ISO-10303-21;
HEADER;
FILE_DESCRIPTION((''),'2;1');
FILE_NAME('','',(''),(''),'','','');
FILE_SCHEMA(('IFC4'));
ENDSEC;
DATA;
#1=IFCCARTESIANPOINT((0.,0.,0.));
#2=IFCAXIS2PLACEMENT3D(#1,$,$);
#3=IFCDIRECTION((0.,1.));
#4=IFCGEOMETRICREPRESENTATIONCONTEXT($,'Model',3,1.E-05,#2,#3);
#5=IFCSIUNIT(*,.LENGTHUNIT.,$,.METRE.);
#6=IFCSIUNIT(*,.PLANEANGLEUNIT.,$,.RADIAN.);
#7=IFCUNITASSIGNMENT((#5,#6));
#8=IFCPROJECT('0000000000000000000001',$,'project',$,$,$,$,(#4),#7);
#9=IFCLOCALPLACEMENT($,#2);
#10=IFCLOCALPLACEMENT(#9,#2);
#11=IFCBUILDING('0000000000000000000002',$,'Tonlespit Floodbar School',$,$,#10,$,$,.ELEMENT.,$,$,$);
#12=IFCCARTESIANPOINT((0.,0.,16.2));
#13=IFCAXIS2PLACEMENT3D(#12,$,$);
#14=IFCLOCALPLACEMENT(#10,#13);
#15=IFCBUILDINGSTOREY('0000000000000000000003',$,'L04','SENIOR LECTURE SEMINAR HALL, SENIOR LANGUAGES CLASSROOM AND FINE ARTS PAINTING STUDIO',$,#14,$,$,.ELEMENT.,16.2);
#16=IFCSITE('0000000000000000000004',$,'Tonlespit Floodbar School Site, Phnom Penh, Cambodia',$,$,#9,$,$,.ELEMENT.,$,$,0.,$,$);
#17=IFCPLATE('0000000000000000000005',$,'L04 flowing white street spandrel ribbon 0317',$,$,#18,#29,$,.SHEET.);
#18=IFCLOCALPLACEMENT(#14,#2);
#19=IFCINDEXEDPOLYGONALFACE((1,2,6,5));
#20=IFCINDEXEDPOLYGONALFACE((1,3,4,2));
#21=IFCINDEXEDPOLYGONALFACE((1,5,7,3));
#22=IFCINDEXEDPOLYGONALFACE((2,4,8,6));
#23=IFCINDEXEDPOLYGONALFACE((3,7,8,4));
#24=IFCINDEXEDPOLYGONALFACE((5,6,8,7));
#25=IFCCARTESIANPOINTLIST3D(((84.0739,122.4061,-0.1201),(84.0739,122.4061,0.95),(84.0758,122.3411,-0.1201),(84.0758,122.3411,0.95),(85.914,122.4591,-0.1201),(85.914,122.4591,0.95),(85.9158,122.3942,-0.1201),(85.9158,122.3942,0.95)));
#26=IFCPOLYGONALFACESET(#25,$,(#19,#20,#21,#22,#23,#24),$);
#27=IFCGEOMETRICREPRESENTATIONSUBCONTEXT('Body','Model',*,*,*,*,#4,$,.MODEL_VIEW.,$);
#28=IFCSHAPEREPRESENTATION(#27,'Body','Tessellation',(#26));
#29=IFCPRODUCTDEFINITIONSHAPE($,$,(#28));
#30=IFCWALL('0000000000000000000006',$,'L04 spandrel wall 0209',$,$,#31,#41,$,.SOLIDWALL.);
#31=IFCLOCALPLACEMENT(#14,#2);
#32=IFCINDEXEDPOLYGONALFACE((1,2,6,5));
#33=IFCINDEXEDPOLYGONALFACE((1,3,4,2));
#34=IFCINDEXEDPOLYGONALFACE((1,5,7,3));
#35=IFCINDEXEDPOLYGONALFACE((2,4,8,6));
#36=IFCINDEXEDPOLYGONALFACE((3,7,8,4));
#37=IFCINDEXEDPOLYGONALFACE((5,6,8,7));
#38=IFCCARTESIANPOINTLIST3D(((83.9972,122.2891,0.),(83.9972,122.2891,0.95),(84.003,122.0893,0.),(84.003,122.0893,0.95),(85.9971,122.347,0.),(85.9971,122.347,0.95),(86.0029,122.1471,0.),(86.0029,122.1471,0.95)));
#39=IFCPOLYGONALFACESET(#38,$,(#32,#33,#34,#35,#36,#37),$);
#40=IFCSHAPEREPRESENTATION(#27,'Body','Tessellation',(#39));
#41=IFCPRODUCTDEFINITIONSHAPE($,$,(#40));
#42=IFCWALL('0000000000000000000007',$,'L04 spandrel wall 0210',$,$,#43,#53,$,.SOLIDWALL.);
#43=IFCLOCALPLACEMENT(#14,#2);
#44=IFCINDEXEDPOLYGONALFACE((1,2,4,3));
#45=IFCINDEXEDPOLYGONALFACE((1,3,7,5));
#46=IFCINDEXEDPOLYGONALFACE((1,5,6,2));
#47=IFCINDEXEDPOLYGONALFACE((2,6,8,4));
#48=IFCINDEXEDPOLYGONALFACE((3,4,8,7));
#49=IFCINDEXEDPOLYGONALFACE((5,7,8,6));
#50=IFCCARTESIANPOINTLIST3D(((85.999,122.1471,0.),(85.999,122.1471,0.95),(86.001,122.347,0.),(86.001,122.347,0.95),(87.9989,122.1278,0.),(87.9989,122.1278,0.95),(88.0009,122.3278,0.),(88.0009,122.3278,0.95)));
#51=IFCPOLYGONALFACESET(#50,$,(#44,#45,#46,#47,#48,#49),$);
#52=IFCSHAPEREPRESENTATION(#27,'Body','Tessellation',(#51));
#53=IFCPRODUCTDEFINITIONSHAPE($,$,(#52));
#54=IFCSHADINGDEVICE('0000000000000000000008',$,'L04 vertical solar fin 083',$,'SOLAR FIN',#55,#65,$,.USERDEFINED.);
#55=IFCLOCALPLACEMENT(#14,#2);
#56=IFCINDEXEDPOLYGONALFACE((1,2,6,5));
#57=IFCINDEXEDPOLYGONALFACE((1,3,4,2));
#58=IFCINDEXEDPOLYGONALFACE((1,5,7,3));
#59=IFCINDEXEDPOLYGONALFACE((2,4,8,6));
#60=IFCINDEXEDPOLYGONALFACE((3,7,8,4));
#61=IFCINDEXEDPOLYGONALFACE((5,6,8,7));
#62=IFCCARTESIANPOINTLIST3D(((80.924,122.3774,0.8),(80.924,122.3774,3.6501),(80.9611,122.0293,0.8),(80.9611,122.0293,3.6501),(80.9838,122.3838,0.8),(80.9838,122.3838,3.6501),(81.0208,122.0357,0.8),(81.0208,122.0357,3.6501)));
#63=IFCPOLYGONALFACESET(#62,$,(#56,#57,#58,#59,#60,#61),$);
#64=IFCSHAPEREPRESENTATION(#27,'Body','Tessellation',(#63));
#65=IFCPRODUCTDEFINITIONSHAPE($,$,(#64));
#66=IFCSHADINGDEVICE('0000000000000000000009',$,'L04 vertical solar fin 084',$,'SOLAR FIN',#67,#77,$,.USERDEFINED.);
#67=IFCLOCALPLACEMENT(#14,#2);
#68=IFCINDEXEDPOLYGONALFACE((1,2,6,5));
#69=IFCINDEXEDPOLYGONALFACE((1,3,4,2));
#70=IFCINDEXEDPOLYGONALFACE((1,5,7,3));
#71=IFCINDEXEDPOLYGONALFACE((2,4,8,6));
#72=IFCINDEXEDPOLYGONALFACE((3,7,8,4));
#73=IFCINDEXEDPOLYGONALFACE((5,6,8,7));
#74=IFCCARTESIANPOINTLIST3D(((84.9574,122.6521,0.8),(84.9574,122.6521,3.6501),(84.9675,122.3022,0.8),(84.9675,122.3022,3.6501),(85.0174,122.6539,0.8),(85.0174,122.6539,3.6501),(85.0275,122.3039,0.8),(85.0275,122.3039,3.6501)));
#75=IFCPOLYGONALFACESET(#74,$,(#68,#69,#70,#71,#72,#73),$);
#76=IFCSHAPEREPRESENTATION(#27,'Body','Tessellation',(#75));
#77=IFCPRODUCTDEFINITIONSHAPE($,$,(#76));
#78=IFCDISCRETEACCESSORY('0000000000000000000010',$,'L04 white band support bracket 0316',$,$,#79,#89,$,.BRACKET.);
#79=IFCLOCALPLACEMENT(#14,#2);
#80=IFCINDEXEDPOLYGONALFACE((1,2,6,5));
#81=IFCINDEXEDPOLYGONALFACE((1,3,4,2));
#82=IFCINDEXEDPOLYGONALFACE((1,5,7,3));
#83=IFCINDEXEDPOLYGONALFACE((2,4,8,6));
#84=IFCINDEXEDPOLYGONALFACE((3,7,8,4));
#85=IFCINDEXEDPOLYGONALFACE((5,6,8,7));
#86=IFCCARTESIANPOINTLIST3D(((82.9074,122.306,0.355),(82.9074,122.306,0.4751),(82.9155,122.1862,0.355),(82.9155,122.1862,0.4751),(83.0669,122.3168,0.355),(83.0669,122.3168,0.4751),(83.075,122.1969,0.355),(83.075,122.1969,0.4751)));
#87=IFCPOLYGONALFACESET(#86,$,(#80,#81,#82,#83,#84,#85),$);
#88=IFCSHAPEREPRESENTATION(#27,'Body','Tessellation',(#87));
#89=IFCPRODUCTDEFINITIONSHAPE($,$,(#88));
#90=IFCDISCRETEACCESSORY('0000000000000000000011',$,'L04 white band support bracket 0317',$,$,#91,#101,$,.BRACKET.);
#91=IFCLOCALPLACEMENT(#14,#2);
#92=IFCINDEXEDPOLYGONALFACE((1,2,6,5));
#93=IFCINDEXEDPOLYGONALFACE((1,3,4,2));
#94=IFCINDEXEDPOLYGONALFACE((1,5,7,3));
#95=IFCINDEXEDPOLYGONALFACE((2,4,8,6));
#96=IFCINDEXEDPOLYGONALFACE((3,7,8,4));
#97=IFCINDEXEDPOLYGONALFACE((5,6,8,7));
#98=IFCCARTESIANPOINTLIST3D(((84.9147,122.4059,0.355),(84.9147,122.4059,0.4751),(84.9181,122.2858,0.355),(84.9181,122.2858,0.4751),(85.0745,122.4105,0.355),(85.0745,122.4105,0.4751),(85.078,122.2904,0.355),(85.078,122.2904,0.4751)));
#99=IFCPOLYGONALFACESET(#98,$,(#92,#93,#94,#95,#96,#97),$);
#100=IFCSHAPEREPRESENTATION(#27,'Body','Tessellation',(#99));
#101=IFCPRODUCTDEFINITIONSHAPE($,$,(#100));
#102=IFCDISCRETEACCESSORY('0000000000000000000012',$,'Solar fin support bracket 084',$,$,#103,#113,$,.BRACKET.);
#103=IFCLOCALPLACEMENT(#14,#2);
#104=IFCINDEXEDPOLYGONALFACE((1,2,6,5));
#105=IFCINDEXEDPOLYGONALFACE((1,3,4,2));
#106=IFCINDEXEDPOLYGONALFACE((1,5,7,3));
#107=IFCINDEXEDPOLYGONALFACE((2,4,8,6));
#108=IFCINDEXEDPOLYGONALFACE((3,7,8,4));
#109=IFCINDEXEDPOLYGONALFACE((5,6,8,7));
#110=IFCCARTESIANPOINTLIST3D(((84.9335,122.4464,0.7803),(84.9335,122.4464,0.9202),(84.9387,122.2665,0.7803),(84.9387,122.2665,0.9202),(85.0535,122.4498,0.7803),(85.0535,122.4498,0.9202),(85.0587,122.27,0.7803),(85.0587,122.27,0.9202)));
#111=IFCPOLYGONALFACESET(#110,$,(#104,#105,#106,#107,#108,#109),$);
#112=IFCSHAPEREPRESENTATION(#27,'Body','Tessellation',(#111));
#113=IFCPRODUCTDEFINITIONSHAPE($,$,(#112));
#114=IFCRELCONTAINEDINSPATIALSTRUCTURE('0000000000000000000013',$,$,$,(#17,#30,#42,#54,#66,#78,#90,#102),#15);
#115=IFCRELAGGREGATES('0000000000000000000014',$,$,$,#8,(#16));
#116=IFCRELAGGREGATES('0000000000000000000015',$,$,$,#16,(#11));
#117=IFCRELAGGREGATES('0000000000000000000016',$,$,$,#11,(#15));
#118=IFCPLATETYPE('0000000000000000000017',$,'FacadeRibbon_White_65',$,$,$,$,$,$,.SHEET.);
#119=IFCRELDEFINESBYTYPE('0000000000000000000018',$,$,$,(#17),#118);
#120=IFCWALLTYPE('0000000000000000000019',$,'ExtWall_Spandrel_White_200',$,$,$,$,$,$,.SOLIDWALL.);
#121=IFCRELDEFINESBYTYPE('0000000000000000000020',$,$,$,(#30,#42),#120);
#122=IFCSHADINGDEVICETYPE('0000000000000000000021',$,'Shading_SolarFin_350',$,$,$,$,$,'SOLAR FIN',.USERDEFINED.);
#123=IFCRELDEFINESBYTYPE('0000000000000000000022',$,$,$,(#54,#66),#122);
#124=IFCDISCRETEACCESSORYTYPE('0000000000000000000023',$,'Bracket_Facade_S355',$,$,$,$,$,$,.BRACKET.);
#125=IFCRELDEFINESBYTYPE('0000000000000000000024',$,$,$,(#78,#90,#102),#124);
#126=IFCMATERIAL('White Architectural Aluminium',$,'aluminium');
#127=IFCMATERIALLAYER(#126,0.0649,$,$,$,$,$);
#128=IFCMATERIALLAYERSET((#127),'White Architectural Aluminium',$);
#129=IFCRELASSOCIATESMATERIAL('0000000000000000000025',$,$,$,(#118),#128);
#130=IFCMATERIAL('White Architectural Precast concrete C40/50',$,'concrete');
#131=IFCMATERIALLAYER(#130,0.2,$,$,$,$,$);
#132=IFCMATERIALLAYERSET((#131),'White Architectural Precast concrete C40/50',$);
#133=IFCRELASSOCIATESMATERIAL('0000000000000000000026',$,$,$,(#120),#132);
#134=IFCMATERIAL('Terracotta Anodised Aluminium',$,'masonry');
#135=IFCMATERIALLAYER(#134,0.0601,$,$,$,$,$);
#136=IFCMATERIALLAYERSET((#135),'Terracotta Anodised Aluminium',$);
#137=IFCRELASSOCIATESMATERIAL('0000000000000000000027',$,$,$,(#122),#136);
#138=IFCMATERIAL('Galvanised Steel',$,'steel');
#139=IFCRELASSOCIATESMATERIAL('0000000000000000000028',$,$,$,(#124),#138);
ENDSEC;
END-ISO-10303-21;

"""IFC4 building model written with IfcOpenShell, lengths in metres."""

from ifc_helpers import new_model, si_unit, direction, frame, frame_2d, origin, origin_2d, place, context, subcontext, project, spatial, rectangle, extrude, material, layer, layer_set, type_object, element, save


model = new_model("IFC4")

# Units and contexts
model_context = context("Model", 3, precision=1e-05, world=origin(), true_north=direction((0.0, 1.0)))
body_context = subcontext(model_context, "Body", "Model", "MODEL_VIEW")
ifc_project = project(units=[si_unit("LENGTHUNIT", "METRE"), si_unit("PLANEANGLEUNIT", "RADIAN")], contexts=[model_context])

# Site, building, storey
site_placement = place(None, origin())
site = spatial("IfcSite", under=ifc_project, at=site_placement, Name="Tonlespit Floodbar School Site, Phnom Penh, Cambodia", CompositionType="ELEMENT", RefElevation=0.0)
building_placement = place(site_placement, origin())
building = spatial("IfcBuilding", under=site, at=building_placement, Name="Tonlespit Floodbar School", CompositionType="ELEMENT")
storey_placement = place(building_placement, frame((0.0, 0.0, 16.2)))
storey = spatial("IfcBuildingStorey", under=building, at=storey_placement, Name="L04", Description="SENIOR LECTURE SEMINAR HALL, SENIOR LANGUAGES CLASSROOM AND FINE ARTS PAINTING STUDIO", CompositionType="ELEMENT", Elevation=16.2)

# Plate
ifc_material_1 = material(Name="White Architectural Aluminium", Category="aluminium")
ifc_layer_1 = layer(ifc_material_1, 0.0649)
ifc_layer_set_1 = layer_set([ifc_layer_1], Name="White Architectural Aluminium")
plate_type_1 = type_object("IfcPlateType", Name="FacadeRibbon_White_65", PredefinedType="SHEET", material=ifc_layer_set_1)
plate_1_placement = place(storey_placement, frame((84.9949, 122.4001, -0.1201), z_axis=(0.0, 0.0, 1.0), x_axis=(0.999584, 0.028838, 0.0)))
element("IfcPlate", 1, at=plate_1_placement, inside=storey, type_object=plate_type_1, Name="L04 flowing white street spandrel ribbon 0317", PredefinedType="SHEET", context=body_context, shape_type="SweptSolid", body=[
    extrude(rectangle(XDim=1.8408, YDim=0.0649, at=origin_2d()), origin(), (0.0, 0.0, 1.0), 1.0701),
])

# Walls
ifc_material_2 = material(Name="White Architectural Precast concrete C40/50", Category="concrete")
ifc_layer_2 = layer(ifc_material_2, 0.2)
ifc_layer_set_2 = layer_set([ifc_layer_2], Name="White Architectural Precast concrete C40/50")
wall_type = type_object("IfcWallType", Name="ExtWall_Spandrel_White_200", PredefinedType="SOLIDWALL", material=ifc_layer_set_2)
wall_1_placement = place(storey_placement, frame((84.0, 122.1892, 0.0), z_axis=(0.0, 0.0, 1.0), x_axis=(0.999582, 0.028919, 0.0)))
element("IfcWall", 2, at=wall_1_placement, inside=storey, type_object=wall_type, Name="L04 spandrel wall 0209", PredefinedType="SOLIDWALL", context=body_context, shape_type="SweptSolid", body=[
    extrude(rectangle(XDim=2.0007, YDim=0.2, at=frame_2d((1.0005, 0.0))), origin(), (0.0, 0.0, 1.0), 0.95),
])
wall_2_placement = place(storey_placement, frame((86.0, 122.2471, 0.0), z_axis=(0.0, 0.0, 1.0), x_axis=(0.999954, -0.009643, 0.0)))
element("IfcWall", 3, at=wall_2_placement, inside=storey, type_object=wall_type, Name="L04 spandrel wall 0210", PredefinedType="SOLIDWALL", context=body_context, shape_type="SweptSolid", body=[
    extrude(rectangle(XDim=2.0, YDim=0.2, at=frame_2d((1.0, 0.0))), origin(), (0.0, 0.0, 1.0), 0.95),
])

# Shading devices
ifc_material_3 = material(Name="Terracotta Anodised Aluminium", Category="masonry")
ifc_layer_3 = layer(ifc_material_3, 0.0601)
ifc_layer_set_3 = layer_set([ifc_layer_3], Name="Terracotta Anodised Aluminium")
shading_device_type = type_object("IfcShadingDeviceType", Name="Shading_SolarFin_350", ElementType="SOLAR FIN", PredefinedType="USERDEFINED", material=ifc_layer_set_3)
for number, where, z_axis, x_axis, name in (
    (4, (80.9724, 122.2065, 0.8), (0.0, 0.0, 1.0), (0.994392, 0.105754, 0.0), "L04 vertical solar fin 083"),
    (5, (84.9924, 122.478, 0.8), (0.0, 0.0, 1.0), (0.999584, 0.028838, 0.0), "L04 vertical solar fin 084"),
):
    element("IfcShadingDevice", number, at=place(storey_placement, frame(where, z_axis=z_axis, x_axis=x_axis)), inside=storey, type_object=shading_device_type, Name=name, ObjectType="SOLAR FIN", PredefinedType="USERDEFINED", context=body_context, shape_type="SweptSolid", body=[
        extrude(rectangle(XDim=0.0601, YDim=0.3501, at=origin_2d()), origin(), (0.0, 0.0, 1.0), 2.8501),
    ])

# Discrete accessories
ifc_material_4 = material(Name="Galvanised Steel", Category="steel")
discrete_accessory_type = type_object("IfcDiscreteAccessoryType", Name="Bracket_Facade_S355", PredefinedType="BRACKET", material=ifc_material_4)
for number, where, z_axis, x_axis, name in (
    (6, (82.9912, 122.2515, 0.355), (0.0, 0.0, 1.0), (0.99773, 0.067347, 0.0), "L04 white band support bracket 0316"),
    (7, (84.9963, 122.3481, 0.355), (0.0, 0.0, 1.0), (0.999584, 0.028838, 0.0), "L04 white band support bracket 0317"),
):
    element("IfcDiscreteAccessory", number, at=place(storey_placement, frame(where, z_axis=z_axis, x_axis=x_axis)), inside=storey, type_object=discrete_accessory_type, Name=name, PredefinedType="BRACKET", context=body_context, shape_type="SweptSolid", body=[
        extrude(rectangle(XDim=0.1599, YDim=0.1201, at=origin_2d()), origin(), (0.0, 0.0, 1.0), 0.1201),
    ])
discrete_accessory_placement = place(storey_placement, frame((84.9961, 122.3582, 0.7803), z_axis=(0.0, 0.0, 1.0), x_axis=(0.999584, 0.028838, 0.0)))
element("IfcDiscreteAccessory", 8, at=discrete_accessory_placement, inside=storey, type_object=discrete_accessory_type, Name="Solar fin support bracket 084", PredefinedType="BRACKET", context=body_context, shape_type="SweptSolid", body=[
    extrude(rectangle(XDim=0.1201, YDim=0.1799, at=origin_2d()), origin(), (0.0, 0.0, 1.0), 0.1399),
])

save(model, "model.ifc")
